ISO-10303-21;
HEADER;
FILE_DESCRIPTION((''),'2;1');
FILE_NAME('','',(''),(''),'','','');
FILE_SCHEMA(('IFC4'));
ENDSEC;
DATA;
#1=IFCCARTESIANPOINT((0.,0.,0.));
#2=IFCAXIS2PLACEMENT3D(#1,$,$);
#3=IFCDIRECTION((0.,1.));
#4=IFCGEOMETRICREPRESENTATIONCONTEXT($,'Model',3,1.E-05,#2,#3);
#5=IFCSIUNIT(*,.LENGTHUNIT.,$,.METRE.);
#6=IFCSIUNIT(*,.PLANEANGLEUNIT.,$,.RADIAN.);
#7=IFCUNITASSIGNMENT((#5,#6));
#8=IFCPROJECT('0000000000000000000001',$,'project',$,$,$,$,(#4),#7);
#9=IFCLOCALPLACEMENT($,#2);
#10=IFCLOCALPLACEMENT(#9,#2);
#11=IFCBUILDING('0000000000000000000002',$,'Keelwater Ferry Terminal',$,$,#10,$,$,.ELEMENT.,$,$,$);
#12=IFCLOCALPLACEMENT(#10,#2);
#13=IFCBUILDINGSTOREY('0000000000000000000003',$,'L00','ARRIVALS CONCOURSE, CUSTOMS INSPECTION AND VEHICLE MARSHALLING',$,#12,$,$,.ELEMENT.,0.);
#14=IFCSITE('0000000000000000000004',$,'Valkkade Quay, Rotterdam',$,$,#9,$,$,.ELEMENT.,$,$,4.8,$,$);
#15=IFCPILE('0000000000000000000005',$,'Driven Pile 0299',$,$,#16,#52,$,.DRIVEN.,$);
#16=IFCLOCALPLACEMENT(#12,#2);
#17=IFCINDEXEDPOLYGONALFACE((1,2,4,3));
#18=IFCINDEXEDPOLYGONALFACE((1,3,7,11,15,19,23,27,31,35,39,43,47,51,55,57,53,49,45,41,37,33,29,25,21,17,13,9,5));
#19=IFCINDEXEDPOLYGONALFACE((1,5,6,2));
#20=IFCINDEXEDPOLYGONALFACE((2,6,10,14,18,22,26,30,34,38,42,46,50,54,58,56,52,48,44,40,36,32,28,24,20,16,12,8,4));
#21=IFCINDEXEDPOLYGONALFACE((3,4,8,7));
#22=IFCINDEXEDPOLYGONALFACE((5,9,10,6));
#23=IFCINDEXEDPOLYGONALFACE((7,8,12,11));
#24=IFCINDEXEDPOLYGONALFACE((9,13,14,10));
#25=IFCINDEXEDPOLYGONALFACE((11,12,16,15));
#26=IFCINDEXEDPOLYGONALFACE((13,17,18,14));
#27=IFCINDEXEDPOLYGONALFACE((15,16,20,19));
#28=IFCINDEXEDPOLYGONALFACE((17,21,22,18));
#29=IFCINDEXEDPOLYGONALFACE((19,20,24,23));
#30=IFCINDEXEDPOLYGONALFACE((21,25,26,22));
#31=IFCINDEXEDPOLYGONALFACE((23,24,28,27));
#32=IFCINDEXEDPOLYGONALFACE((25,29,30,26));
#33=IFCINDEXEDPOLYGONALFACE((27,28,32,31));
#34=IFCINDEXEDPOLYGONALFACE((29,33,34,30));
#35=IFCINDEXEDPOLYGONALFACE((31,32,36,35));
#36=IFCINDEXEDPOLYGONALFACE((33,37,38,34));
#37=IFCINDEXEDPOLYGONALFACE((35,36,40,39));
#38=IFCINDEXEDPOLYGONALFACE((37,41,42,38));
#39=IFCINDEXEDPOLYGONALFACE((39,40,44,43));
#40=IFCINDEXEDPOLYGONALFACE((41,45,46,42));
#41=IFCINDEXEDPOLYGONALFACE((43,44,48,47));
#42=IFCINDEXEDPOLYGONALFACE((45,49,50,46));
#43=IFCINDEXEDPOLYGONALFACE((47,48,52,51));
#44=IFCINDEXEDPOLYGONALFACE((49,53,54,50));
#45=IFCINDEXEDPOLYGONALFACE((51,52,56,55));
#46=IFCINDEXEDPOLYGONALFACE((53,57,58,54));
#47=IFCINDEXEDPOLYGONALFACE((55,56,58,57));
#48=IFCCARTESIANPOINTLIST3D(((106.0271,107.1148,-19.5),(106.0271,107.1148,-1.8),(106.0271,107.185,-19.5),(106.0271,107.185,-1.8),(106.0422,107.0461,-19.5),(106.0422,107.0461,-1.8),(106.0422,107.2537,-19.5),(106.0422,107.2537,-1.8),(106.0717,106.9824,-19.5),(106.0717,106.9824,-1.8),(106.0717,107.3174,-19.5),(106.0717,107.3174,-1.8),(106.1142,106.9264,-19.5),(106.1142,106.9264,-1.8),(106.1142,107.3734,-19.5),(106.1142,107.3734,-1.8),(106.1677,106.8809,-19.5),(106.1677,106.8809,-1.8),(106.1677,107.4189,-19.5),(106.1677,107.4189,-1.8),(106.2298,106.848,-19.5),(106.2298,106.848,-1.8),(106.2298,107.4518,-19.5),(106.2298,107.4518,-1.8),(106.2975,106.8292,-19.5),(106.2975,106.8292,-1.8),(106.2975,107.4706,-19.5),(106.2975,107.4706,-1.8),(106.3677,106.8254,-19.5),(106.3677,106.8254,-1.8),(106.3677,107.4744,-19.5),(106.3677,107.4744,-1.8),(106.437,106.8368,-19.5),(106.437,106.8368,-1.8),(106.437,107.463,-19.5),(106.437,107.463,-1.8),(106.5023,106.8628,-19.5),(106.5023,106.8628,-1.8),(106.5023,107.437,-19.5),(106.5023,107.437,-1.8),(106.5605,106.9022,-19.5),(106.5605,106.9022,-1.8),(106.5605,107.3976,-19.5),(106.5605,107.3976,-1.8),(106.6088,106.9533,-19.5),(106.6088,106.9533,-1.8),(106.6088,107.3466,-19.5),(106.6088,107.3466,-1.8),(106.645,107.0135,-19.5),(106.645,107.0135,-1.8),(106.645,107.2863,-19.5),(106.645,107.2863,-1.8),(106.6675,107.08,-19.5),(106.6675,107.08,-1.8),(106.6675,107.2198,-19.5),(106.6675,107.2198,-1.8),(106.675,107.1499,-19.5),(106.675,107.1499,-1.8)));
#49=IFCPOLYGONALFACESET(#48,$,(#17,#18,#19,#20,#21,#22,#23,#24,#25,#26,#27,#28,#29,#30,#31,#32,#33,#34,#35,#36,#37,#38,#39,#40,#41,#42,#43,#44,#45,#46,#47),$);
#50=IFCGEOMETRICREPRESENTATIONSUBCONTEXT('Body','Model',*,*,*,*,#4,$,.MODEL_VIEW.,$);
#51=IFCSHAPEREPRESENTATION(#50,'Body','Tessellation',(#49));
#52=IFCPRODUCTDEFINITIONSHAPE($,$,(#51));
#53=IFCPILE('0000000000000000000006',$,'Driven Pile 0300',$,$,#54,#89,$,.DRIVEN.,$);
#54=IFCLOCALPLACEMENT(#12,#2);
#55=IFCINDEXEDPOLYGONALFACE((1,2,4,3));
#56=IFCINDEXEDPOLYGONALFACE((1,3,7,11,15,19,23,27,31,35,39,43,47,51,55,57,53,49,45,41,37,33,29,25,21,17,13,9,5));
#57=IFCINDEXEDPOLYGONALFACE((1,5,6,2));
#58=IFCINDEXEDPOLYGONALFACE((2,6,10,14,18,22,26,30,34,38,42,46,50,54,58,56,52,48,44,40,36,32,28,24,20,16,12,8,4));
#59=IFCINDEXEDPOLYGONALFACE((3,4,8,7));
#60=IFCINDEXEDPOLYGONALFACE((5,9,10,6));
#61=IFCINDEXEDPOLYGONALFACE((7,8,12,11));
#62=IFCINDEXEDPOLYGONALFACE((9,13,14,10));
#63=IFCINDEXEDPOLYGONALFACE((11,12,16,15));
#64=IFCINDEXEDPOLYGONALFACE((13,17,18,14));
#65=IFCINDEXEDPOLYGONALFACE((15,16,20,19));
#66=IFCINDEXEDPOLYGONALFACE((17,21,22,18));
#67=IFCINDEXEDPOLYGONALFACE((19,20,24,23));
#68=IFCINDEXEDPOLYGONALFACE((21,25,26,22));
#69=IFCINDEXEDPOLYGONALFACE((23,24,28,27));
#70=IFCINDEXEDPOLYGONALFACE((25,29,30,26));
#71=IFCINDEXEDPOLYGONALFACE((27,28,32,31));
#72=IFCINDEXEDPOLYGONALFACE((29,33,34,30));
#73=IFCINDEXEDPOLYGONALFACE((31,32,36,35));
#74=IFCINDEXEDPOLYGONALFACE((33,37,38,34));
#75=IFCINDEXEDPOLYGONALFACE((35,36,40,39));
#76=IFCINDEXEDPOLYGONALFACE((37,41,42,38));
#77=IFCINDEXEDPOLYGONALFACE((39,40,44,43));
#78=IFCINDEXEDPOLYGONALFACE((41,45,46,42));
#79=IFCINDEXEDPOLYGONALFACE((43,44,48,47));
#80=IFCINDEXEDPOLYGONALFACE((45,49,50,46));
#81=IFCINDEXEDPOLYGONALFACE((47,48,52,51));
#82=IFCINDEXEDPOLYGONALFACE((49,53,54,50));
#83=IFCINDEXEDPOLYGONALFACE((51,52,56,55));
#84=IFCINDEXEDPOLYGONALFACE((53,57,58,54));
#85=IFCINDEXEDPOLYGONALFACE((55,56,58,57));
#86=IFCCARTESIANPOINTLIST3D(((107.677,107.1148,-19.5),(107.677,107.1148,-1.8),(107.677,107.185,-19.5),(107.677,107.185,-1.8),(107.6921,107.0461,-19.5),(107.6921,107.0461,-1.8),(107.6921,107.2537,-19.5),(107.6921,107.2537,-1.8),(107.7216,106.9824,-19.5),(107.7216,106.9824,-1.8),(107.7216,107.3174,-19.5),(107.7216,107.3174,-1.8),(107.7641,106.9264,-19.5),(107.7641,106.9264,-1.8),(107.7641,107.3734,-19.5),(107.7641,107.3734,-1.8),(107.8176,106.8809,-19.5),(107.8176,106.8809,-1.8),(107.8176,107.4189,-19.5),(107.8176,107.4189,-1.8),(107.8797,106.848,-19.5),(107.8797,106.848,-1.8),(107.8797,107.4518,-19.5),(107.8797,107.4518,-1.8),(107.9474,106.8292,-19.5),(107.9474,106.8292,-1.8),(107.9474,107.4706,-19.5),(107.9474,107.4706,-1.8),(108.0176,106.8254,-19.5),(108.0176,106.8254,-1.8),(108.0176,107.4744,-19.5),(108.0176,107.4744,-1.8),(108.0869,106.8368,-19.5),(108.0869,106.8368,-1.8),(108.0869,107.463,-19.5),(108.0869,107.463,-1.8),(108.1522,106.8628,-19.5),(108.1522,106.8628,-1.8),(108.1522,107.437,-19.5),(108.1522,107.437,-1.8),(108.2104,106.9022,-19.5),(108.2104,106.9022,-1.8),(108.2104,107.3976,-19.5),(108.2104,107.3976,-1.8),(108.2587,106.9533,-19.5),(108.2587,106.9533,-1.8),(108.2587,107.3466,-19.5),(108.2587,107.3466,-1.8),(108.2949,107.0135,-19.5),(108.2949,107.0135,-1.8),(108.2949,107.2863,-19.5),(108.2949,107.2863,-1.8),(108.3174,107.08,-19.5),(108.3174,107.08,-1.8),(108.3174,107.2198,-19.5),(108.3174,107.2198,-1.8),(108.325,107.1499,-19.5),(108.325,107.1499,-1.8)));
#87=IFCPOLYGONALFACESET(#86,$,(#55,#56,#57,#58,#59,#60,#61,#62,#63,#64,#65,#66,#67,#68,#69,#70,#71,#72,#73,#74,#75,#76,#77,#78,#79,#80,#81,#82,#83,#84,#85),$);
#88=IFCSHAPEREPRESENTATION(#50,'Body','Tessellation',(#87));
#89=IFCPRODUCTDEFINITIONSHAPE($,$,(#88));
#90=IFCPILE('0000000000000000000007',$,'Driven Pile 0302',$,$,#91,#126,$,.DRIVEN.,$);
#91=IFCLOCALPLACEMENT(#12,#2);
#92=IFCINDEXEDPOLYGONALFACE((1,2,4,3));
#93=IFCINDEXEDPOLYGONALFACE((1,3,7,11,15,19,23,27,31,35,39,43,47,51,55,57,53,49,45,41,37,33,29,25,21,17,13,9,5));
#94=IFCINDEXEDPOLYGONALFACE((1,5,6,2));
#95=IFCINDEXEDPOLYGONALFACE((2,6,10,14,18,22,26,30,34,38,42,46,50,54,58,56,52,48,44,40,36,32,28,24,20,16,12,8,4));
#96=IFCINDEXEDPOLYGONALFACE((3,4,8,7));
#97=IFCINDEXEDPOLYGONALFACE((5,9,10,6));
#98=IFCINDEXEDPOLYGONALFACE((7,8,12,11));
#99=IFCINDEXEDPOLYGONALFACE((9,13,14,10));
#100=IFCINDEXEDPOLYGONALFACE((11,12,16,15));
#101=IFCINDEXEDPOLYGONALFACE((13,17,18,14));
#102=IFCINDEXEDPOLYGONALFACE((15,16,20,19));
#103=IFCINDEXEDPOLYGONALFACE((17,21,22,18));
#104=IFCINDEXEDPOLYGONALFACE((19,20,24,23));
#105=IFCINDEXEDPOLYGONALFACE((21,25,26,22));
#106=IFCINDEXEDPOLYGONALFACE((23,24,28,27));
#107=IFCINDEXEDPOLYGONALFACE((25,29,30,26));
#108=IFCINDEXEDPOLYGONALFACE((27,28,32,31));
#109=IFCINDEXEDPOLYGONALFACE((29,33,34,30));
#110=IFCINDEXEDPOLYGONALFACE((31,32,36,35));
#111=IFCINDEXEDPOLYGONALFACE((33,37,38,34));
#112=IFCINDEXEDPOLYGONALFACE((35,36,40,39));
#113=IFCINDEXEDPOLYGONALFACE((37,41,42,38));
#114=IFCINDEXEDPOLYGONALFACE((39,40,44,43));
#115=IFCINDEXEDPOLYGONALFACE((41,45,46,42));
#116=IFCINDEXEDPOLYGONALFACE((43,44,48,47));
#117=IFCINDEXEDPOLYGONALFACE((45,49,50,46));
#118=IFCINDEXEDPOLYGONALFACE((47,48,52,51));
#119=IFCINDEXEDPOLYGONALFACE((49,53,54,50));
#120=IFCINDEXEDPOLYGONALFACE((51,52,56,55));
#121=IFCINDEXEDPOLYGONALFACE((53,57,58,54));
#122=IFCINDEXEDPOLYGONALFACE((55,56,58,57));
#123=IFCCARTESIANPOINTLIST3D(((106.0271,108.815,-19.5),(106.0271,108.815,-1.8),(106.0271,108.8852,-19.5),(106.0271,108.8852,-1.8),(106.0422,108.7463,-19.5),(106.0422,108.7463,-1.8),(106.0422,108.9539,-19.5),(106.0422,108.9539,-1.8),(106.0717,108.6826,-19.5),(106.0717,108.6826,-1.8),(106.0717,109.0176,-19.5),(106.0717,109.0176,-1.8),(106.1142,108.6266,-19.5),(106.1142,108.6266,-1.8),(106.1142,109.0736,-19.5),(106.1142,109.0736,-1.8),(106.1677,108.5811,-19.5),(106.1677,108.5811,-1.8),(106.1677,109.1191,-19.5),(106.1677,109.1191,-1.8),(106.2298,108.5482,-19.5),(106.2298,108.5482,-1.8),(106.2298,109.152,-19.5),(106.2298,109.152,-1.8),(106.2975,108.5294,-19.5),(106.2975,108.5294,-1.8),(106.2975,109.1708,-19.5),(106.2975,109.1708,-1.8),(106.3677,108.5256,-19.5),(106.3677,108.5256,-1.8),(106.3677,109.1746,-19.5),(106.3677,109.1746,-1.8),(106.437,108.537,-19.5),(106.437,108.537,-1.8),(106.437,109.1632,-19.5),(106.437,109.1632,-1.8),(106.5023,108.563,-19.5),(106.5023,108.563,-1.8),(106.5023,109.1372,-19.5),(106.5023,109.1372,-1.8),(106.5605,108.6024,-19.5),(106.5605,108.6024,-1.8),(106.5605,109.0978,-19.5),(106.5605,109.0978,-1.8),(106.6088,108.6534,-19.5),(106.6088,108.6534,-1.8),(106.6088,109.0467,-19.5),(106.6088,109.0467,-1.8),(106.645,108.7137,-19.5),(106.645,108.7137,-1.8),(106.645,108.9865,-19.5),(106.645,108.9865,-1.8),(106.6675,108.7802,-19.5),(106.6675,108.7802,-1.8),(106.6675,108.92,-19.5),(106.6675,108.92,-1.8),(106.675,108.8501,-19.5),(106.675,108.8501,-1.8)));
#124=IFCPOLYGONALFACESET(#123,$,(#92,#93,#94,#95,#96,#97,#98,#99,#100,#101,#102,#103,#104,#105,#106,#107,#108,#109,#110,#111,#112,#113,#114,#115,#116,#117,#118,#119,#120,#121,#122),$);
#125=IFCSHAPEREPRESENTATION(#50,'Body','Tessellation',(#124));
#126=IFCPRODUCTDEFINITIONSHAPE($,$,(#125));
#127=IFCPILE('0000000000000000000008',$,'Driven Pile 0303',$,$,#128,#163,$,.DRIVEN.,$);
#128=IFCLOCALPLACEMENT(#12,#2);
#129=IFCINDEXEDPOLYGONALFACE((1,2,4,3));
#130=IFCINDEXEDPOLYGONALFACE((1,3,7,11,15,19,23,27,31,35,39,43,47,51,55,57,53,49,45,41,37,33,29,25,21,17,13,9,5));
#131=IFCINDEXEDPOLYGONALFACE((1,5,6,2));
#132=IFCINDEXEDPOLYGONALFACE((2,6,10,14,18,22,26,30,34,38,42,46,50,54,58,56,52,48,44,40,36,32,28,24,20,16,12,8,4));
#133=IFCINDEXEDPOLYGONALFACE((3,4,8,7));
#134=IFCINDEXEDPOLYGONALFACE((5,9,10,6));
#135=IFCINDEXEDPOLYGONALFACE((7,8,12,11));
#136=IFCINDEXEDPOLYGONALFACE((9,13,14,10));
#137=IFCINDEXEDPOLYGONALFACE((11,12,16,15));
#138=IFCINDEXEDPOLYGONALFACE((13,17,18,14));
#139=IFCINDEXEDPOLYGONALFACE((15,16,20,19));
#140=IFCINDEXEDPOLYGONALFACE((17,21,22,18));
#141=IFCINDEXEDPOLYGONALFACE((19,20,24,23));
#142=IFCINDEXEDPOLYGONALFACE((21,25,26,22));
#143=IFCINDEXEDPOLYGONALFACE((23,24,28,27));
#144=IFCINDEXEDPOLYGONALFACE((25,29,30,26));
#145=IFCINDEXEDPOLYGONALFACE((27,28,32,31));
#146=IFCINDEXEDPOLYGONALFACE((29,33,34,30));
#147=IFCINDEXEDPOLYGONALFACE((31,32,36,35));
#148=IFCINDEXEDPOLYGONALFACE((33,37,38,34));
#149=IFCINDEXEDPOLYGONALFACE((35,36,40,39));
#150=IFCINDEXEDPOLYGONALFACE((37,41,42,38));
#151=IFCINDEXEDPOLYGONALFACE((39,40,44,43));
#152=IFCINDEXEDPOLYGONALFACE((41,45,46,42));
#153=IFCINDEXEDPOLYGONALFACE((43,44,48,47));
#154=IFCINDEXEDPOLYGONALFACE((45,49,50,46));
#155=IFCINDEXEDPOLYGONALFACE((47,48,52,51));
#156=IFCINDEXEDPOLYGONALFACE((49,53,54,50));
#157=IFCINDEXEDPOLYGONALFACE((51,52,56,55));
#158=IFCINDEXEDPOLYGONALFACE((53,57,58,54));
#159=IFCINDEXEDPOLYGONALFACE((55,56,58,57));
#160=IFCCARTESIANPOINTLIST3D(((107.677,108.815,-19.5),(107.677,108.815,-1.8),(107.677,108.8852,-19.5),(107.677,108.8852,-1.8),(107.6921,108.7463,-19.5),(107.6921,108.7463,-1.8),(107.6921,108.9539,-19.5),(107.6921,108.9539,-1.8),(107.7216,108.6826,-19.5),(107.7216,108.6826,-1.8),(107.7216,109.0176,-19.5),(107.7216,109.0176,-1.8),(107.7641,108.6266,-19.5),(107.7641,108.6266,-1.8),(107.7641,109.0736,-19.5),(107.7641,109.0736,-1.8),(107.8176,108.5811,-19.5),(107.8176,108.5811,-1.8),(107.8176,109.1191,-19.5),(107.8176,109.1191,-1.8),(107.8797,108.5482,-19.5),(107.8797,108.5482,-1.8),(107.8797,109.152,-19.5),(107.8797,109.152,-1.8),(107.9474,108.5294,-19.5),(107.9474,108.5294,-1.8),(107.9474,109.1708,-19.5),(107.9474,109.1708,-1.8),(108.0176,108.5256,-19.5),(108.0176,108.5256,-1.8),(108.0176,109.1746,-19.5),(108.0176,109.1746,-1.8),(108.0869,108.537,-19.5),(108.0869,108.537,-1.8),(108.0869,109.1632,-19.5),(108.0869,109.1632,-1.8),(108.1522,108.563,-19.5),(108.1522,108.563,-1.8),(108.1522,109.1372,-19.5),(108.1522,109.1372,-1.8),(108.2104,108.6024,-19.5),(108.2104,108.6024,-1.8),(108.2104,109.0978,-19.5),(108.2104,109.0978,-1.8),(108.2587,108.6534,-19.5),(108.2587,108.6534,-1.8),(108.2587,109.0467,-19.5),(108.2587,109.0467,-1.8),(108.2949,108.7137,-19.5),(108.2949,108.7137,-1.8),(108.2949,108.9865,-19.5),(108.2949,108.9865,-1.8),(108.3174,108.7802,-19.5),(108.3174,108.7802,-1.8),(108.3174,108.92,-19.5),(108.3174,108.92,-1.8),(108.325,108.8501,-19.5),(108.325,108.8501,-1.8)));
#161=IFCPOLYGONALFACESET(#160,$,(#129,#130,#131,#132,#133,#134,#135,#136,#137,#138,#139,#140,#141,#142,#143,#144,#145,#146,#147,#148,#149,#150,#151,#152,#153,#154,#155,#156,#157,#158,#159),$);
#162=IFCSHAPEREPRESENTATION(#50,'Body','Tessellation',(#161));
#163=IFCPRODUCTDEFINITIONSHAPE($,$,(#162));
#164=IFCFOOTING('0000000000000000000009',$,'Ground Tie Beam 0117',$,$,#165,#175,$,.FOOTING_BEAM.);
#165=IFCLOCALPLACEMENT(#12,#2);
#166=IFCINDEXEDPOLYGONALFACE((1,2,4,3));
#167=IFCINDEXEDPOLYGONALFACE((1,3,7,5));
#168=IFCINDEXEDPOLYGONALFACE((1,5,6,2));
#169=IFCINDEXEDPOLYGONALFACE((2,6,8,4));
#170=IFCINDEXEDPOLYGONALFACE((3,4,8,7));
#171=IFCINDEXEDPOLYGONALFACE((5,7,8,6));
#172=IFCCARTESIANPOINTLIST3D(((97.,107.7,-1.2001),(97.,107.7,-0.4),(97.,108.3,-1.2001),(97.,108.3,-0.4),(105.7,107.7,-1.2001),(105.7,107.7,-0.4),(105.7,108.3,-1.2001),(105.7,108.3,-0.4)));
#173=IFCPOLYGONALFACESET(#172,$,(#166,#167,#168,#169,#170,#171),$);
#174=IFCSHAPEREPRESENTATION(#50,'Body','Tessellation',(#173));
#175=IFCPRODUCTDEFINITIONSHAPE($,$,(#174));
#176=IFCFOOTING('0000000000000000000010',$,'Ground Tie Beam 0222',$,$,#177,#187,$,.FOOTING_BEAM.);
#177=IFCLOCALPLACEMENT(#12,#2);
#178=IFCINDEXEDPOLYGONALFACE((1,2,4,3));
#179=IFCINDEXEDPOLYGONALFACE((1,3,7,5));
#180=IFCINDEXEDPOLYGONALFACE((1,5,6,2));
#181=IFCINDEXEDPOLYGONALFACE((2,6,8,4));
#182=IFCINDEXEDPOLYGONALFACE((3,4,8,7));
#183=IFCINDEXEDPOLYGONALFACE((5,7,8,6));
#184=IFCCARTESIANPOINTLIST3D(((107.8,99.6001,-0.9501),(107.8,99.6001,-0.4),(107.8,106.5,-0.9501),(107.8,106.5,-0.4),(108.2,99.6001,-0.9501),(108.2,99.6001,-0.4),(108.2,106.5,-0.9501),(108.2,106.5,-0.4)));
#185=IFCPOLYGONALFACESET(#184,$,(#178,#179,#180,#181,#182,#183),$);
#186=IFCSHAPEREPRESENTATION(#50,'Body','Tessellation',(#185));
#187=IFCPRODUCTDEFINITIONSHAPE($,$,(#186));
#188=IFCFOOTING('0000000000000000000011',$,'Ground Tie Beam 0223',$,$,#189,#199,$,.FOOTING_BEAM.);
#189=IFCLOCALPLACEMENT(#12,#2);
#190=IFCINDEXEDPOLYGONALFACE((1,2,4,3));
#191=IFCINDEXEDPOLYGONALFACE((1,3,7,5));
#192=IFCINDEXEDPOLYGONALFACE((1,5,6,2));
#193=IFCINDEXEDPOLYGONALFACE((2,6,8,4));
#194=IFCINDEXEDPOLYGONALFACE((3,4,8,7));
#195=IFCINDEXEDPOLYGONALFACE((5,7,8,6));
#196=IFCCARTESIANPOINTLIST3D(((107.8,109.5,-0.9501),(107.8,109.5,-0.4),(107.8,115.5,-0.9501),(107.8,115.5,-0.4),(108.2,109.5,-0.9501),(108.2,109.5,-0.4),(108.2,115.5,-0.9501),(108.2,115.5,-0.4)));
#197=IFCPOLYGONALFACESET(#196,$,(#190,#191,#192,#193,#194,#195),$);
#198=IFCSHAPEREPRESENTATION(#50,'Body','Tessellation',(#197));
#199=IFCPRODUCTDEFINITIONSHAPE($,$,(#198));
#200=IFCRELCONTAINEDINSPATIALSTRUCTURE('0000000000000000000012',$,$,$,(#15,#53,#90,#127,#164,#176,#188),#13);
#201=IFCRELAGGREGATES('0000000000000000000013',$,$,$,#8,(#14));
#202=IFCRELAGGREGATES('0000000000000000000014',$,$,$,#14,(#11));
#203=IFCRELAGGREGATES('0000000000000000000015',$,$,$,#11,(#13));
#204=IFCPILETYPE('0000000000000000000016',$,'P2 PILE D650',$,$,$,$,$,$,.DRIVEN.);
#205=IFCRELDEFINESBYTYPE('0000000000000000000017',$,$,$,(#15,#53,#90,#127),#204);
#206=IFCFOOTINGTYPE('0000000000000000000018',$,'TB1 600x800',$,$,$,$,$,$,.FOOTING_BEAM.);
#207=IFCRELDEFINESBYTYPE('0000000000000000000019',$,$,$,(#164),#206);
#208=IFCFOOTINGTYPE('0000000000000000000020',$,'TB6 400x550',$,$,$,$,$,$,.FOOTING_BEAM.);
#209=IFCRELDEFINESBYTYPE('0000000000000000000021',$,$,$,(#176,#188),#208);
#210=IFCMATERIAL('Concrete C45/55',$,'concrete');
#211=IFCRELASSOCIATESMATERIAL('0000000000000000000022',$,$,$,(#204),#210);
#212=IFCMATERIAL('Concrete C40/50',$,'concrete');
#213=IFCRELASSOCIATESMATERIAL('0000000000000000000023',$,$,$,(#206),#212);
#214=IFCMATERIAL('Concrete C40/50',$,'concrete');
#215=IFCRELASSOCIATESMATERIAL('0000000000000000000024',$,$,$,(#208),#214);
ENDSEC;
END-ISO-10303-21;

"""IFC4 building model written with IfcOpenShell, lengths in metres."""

from ifc_helpers import new_model, si_unit, direction, frame, origin, origin_2d, place, context, subcontext, project, spatial, rectangle, circle, extrude, material, material_profile, profile_set, type_object, element, save


model = new_model("IFC4")

# Units and contexts
model_context = context("Model", 3, precision=1e-05, world=origin(), true_north=direction((0.0, 1.0)))
body_context = subcontext(model_context, "Body", "Model", "MODEL_VIEW")
ifc_project = project(units=[si_unit("LENGTHUNIT", "METRE"), si_unit("PLANEANGLEUNIT", "RADIAN")], contexts=[model_context])

# Site, building, storey
site_placement = place(None, origin())
site = spatial("IfcSite", under=ifc_project, at=site_placement, Name="Valkkade Quay, Rotterdam", CompositionType="ELEMENT", RefElevation=4.8)
building_placement = place(site_placement, origin())
building = spatial("IfcBuilding", under=site, at=building_placement, Name="Keelwater Ferry Terminal", CompositionType="ELEMENT")
storey_placement = place(building_placement, origin())
storey = spatial("IfcBuildingStorey", under=building, at=storey_placement, Name="L00", Description="ARRIVALS CONCOURSE, CUSTOMS INSPECTION AND VEHICLE MARSHALLING", CompositionType="ELEMENT", Elevation=0.0)

# Piles
ifc_material_1 = material(Name="Concrete C45/55", Category="concrete")
ifc_material_profile_1 = material_profile(ifc_material_1, circle(Radius=0.325, at=origin_2d()), Name="PILE D650")
ifc_profile_set_1 = profile_set([ifc_material_profile_1], Name="Concrete C45/55")
pile_type = type_object("IfcPileType", Name="P2 PILE D650", PredefinedType="DRIVEN", material=ifc_profile_set_1)
for number, where, z_axis, x_axis, name in (
    (1, (106.3501, 107.1499, -1.8), (0.0, 0.0, -1.0), (1.0, 0.0, 0.0), "Driven Pile 0299"),
    (2, (108.0, 107.1499, -1.8), (0.0, 0.0, -1.0), (1.0, 0.0, 0.0), "Driven Pile 0300"),
    (3, (106.3501, 108.8501, -1.8), (0.0, 0.0, -1.0), (1.0, 0.0, 0.0), "Driven Pile 0302"),
    (4, (108.0, 108.8501, -1.8), (0.0, 0.0, -1.0), (1.0, 0.0, 0.0), "Driven Pile 0303"),
):
    element("IfcPile", number, at=place(storey_placement, frame(where, z_axis=z_axis, x_axis=x_axis)), inside=storey, type_object=pile_type, Name=name, PredefinedType="DRIVEN", context=body_context, shape_type="SweptSolid", body=[
        extrude(circle(Radius=0.325, at=origin_2d()), origin(), (0.0, 0.0, 1.0), 17.7),
    ])

# Footings
ifc_material_2 = material(Name="Concrete C40/50", Category="concrete")
ifc_material_profile_2 = material_profile(ifc_material_2, rectangle(XDim=0.6001, YDim=0.8, at=origin_2d()), Name="TB 600x800")
ifc_profile_set_2 = profile_set([ifc_material_profile_2], Name="Concrete C40/50")
footing_type_1 = type_object("IfcFootingType", Name="TB1 600x800", PredefinedType="FOOTING_BEAM", material=ifc_profile_set_2)
footing_1_placement = place(storey_placement, frame((97.0, 108.0, -0.8), z_axis=(1.0, 0.0, 0.0), x_axis=(0.0, 1.0, 0.0)))
element("IfcFooting", 5, at=footing_1_placement, inside=storey, type_object=footing_type_1, Name="Ground Tie Beam 0117", PredefinedType="FOOTING_BEAM", context=body_context, shape_type="SweptSolid", body=[
    extrude(rectangle(XDim=0.6001, YDim=0.8, at=origin_2d()), origin(), (0.0, 0.0, 1.0), 8.7),
])
ifc_material_3 = material(Name="Concrete C40/50", Category="concrete")
ifc_material_profile_3 = material_profile(ifc_material_3, rectangle(XDim=0.3999, YDim=0.55, at=origin_2d()), Name="TB 400x550")
ifc_profile_set_3 = profile_set([ifc_material_profile_3], Name="Concrete C40/50")
footing_type_2 = type_object("IfcFootingType", Name="TB6 400x550", PredefinedType="FOOTING_BEAM", material=ifc_profile_set_3)
footing_2_placement = place(storey_placement, frame((108.0, 99.6001, -0.675), z_axis=(0.0, 1.0, 0.0), x_axis=(-1.0, 0.0, 0.0)))
element("IfcFooting", 6, at=footing_2_placement, inside=storey, type_object=footing_type_2, Name="Ground Tie Beam 0222", PredefinedType="FOOTING_BEAM", context=body_context, shape_type="SweptSolid", body=[
    extrude(rectangle(XDim=0.3999, YDim=0.55, at=origin_2d()), origin(), (0.0, 0.0, 1.0), 6.8999),
])
footing_3_placement = place(storey_placement, frame((108.0, 109.5, -0.675), z_axis=(0.0, 1.0, 0.0), x_axis=(-1.0, 0.0, 0.0)))
element("IfcFooting", 7, at=footing_3_placement, inside=storey, type_object=footing_type_2, Name="Ground Tie Beam 0223", PredefinedType="FOOTING_BEAM", context=body_context, shape_type="SweptSolid", body=[
    extrude(rectangle(XDim=0.3999, YDim=0.55, at=origin_2d()), origin(), (0.0, 0.0, 1.0), 6.0),
])

save(model, "model.ifc")
